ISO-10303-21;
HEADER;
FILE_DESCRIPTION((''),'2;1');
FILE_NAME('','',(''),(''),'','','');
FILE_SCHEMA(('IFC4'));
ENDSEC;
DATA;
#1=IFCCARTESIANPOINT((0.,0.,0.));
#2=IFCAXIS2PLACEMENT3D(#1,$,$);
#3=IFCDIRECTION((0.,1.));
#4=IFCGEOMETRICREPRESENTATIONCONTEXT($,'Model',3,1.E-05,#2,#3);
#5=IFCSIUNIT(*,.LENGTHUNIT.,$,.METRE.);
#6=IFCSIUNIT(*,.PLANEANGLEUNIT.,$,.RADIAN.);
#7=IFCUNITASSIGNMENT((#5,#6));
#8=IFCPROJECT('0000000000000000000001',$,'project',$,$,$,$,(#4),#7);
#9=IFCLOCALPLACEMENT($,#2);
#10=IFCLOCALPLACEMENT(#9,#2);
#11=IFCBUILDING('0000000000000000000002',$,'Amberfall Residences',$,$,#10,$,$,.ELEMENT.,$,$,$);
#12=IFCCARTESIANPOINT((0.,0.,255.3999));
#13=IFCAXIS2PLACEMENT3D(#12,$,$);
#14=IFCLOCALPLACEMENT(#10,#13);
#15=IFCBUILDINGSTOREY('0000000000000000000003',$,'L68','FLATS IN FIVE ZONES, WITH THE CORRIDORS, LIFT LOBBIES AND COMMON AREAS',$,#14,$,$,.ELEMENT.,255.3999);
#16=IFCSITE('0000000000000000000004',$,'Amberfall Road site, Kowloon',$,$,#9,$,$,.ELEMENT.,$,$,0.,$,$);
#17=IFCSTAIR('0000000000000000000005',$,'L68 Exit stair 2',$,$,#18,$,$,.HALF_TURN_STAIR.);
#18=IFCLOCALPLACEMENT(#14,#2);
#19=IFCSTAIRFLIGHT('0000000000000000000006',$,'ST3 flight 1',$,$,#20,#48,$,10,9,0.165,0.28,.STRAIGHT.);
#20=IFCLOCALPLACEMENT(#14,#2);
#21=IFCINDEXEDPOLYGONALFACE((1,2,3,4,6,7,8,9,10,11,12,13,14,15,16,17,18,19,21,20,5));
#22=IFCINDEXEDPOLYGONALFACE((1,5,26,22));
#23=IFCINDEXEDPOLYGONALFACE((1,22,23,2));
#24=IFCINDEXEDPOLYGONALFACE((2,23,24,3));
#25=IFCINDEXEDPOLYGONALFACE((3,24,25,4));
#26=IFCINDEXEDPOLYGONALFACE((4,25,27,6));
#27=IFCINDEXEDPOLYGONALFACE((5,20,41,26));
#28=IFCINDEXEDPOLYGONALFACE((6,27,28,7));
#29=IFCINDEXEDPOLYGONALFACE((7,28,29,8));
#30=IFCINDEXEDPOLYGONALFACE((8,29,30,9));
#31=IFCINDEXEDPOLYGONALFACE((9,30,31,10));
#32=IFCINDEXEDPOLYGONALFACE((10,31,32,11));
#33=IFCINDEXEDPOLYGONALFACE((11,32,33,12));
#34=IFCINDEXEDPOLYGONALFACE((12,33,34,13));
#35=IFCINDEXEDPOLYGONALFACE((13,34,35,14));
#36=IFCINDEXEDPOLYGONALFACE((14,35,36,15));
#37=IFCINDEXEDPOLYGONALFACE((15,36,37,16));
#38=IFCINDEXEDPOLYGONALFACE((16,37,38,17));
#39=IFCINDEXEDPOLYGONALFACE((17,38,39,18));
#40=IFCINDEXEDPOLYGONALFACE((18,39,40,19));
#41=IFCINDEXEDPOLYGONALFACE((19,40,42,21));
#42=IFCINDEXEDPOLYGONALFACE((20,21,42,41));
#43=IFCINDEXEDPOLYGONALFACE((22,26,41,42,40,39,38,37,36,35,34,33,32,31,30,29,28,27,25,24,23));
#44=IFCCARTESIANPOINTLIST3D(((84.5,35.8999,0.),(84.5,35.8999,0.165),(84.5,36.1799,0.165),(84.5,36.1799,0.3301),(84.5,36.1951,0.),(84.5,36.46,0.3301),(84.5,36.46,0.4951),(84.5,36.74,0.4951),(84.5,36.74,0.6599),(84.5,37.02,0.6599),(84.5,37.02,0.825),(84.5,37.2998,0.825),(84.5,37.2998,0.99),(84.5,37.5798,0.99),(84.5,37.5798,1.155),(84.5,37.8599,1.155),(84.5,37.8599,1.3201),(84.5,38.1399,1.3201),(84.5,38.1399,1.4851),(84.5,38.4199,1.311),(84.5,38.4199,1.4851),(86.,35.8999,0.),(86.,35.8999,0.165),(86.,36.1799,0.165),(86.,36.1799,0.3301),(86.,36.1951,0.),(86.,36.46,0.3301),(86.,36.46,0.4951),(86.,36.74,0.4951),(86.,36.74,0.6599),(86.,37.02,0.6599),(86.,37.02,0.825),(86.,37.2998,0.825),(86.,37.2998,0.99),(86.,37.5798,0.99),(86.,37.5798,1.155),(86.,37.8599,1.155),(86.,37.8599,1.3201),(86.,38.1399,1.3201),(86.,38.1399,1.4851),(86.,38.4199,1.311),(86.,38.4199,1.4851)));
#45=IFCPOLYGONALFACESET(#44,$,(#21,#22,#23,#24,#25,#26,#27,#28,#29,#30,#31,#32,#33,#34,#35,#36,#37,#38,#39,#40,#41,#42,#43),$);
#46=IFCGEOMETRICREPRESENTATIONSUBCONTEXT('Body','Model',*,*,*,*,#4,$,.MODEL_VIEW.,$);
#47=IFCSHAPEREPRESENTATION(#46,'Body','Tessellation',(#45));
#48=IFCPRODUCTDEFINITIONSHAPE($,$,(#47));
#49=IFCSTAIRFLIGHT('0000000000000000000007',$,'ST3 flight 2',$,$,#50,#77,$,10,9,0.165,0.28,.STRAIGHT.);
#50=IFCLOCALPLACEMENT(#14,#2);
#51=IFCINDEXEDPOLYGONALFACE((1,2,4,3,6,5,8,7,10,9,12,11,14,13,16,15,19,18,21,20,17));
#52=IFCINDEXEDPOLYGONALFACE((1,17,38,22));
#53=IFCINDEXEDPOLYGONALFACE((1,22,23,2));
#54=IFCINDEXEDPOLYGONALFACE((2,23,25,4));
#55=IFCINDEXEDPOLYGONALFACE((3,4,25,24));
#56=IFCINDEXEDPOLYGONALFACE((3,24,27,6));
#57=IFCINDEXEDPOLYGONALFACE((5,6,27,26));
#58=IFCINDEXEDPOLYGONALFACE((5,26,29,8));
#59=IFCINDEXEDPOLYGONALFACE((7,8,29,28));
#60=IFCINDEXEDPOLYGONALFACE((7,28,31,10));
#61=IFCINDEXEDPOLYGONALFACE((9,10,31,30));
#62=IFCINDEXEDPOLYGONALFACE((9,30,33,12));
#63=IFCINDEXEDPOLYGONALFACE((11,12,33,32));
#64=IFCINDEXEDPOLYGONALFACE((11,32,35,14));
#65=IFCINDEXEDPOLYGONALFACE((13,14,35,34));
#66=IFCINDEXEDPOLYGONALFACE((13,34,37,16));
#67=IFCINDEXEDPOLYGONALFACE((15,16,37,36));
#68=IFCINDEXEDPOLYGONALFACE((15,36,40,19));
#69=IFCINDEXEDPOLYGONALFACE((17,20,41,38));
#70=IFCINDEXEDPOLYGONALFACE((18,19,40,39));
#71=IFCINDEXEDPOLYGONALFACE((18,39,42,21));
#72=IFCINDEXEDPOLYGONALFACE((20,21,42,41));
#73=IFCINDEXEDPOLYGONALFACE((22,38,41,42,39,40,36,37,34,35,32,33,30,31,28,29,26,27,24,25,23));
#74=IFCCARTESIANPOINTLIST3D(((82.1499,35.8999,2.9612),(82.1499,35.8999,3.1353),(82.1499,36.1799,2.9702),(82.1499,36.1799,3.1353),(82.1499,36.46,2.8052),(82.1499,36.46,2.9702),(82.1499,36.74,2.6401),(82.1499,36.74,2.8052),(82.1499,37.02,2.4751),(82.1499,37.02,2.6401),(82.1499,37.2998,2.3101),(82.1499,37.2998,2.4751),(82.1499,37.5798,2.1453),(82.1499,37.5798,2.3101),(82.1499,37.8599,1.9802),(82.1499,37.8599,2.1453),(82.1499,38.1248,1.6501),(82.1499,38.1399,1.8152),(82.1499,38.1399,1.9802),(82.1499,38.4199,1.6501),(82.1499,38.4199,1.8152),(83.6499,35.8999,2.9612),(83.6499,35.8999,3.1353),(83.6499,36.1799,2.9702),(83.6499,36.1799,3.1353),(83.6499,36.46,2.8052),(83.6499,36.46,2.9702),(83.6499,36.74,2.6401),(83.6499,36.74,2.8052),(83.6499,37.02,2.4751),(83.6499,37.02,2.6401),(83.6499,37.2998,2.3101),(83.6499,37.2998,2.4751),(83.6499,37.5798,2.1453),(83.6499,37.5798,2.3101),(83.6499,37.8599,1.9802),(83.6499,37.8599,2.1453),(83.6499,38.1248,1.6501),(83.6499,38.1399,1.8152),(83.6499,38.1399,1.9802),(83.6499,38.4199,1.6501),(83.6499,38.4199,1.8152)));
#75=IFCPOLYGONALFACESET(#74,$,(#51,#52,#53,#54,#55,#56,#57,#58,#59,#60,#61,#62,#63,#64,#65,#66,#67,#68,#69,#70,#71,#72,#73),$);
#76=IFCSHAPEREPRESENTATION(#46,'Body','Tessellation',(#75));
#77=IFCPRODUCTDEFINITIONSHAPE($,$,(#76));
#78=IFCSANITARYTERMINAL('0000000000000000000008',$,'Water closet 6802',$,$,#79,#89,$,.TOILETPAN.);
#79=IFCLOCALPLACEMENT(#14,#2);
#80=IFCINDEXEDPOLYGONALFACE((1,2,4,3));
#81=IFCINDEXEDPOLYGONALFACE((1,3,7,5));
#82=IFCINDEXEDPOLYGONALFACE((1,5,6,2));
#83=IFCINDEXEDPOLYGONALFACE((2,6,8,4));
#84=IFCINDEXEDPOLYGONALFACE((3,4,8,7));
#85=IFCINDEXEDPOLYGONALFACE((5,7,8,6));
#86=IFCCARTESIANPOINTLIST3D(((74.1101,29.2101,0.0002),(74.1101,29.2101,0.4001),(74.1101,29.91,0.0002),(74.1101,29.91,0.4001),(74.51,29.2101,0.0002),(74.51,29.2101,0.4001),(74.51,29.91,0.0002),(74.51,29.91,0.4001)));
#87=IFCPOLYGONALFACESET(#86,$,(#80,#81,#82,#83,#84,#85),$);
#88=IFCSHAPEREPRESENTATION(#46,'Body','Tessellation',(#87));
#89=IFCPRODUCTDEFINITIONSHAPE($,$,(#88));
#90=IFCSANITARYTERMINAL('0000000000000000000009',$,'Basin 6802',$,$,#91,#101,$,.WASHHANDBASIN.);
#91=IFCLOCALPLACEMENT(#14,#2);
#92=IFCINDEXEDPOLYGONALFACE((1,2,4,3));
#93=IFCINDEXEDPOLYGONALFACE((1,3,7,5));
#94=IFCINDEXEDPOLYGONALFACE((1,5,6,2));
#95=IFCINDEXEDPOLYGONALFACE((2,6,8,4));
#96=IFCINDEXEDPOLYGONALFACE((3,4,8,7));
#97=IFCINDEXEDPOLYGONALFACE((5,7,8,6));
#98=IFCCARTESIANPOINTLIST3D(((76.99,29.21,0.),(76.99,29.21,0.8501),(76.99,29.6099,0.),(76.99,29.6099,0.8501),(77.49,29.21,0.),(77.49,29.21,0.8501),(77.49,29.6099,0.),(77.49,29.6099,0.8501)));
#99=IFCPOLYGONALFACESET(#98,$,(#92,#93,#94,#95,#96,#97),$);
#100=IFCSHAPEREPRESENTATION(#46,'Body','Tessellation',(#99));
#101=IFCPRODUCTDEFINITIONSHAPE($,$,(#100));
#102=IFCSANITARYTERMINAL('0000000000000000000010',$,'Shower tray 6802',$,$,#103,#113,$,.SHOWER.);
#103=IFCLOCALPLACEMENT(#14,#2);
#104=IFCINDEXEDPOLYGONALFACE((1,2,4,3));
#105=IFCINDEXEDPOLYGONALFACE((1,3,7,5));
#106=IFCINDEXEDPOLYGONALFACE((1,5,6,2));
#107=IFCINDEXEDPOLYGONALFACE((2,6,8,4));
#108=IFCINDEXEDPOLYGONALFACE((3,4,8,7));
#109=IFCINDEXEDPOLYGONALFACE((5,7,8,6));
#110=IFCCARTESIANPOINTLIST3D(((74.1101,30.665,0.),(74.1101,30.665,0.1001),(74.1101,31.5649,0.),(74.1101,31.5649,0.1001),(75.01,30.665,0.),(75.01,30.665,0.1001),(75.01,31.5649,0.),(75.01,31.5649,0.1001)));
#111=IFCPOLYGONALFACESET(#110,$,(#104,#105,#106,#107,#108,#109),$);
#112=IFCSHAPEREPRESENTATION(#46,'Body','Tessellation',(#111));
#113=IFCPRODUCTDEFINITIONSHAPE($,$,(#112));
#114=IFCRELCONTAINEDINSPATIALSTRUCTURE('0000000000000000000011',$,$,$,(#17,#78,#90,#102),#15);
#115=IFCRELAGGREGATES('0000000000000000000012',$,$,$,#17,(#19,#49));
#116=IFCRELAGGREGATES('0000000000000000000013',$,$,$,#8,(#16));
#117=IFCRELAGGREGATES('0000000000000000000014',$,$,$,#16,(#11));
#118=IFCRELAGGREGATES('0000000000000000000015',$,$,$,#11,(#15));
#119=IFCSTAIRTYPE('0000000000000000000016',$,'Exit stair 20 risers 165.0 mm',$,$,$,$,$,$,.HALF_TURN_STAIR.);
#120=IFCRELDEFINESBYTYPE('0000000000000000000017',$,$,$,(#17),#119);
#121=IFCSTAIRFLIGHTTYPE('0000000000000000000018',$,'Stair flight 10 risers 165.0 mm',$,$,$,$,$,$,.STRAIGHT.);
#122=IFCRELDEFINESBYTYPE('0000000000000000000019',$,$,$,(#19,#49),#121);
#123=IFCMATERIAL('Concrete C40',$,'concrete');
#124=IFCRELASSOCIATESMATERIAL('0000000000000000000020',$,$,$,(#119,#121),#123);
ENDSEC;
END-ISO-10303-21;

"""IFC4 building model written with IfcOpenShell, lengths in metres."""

from ifc_helpers import new_model, si_unit, direction, frame, origin, origin_2d, place, context, subcontext, project, spatial, polyline, rectangle, outline, extrude, material, type_object, element, aggregate, save


model = new_model("IFC4")

# Units and contexts
model_context = context("Model", 3, precision=1e-05, world=origin(), true_north=direction((0.0, 1.0)))
body_context = subcontext(model_context, "Body", "Model", "MODEL_VIEW")
ifc_project = project(units=[si_unit("LENGTHUNIT", "METRE"), si_unit("PLANEANGLEUNIT", "RADIAN")], contexts=[model_context])

# Site, building, storey
site_placement = place(None, origin())
site = spatial("IfcSite", under=ifc_project, at=site_placement, Name="Amberfall Road site, Kowloon", CompositionType="ELEMENT", RefElevation=0.0)
building_placement = place(site_placement, origin())
building = spatial("IfcBuilding", under=site, at=building_placement, Name="Amberfall Residences", CompositionType="ELEMENT")
storey_placement = place(building_placement, frame((0.0, 0.0, 255.3999)))
storey = spatial("IfcBuildingStorey", under=building, at=storey_placement, Name="L68", Description="FLATS IN FIVE ZONES, WITH THE CORRIDORS, LIFT LOBBIES AND COMMON AREAS", CompositionType="ELEMENT", Elevation=255.3999)

# Stair, stair flights
ifc_material_1 = material(Name="Concrete C40", Category="concrete")
stair_type = type_object("IfcStairType", Name="Exit stair 20 risers 165.0 mm", PredefinedType="HALF_TURN_STAIR", material=ifc_material_1)
stair_placement = place(storey_placement, origin())
stair = element("IfcStair", 1, at=stair_placement, inside=storey, type_object=stair_type, Name="L68 Exit stair 2", PredefinedType="HALF_TURN_STAIR")
stair_flight_type = type_object("IfcStairFlightType", Name="Stair flight 10 risers 165.0 mm", PredefinedType="STRAIGHT", material=ifc_material_1)
stair_flight_1_placement = place(storey_placement, frame((85.25, 35.8999, 0.0), z_axis=(0.0, 0.0, 1.0), x_axis=(0.0, 1.0, 0.0)))
stair_flight_1 = element("IfcStairFlight", 2, at=stair_flight_1_placement, type_object=stair_flight_type, Name="ST3 flight 1", NumberOfRisers=10, NumberOfTreads=9, PredefinedType="STRAIGHT", RiserHeight=0.165, TreadLength=0.28, context=body_context, shape_type="SweptSolid", body=[
    extrude(outline(polyline([(0.0, 0.0), (0.0, 0.165), (0.28, 0.165), (0.28, 0.3301), (0.5601, 0.3301), (0.5601, 0.4951), (0.8401, 0.4951), (0.8401, 0.6599), (1.1201, 0.6599), (1.1201, 0.825), (1.3999, 0.825), (1.3999, 0.99), (1.6799, 0.99), (1.6799, 1.155), (1.96, 1.155), (1.96, 1.3201), (2.24, 1.3201), (2.24, 1.4851), (2.52, 1.4851), (2.52, 1.6499), (2.52, 1.311), (0.2952, 0.0), (0.0, 0.0)])), frame((0.0, 0.75, 0.0), z_axis=(0.0, -1.0, 0.0), x_axis=(1.0, 0.0, 0.0)), (0.0, 0.0, 1.0), 1.5),
])
stair_flight_2_placement = place(storey_placement, frame((82.8999, 38.4199, 1.6501), z_axis=(0.0, 0.0, 1.0), x_axis=(0.0, -1.0, 0.0)))
stair_flight_2 = element("IfcStairFlight", 3, at=stair_flight_2_placement, type_object=stair_flight_type, Name="ST3 flight 2", NumberOfRisers=10, NumberOfTreads=9, PredefinedType="STRAIGHT", RiserHeight=0.165, TreadLength=0.28, context=body_context, shape_type="SweptSolid", body=[
    extrude(outline(polyline([(0.0, 0.0), (0.0, 0.165), (0.28, 0.165), (0.28, 0.3301), (0.5601, 0.3301), (0.5601, 0.4951), (0.8401, 0.4951), (0.8401, 0.6599), (1.1201, 0.6599), (1.1201, 0.825), (1.3999, 0.825), (1.3999, 0.99), (1.6799, 0.99), (1.6799, 1.155), (1.96, 1.155), (1.96, 1.3201), (2.24, 1.3201), (2.24, 1.4851), (2.52, 1.4851), (2.52, 1.6499), (2.52, 1.311), (0.2952, 0.0), (0.0, 0.0)])), frame((0.0, 0.75, 0.0), z_axis=(0.0, -1.0, 0.0), x_axis=(1.0, 0.0, 0.0)), (0.0, 0.0, 1.0), 1.5),
])
aggregate(stair, [stair_flight_1, stair_flight_2])

# Sanitary terminals
sanitary_terminal_1_placement = place(storey_placement, frame((74.3101, 29.5601, 0.0002), z_axis=(0.0, 0.0, 1.0), x_axis=(1.0, 0.0, 0.0)))
element("IfcSanitaryTerminal", 4, at=sanitary_terminal_1_placement, inside=storey, Name="Water closet 6802", PredefinedType="TOILETPAN", context=body_context, shape_type="SweptSolid", body=[
    extrude(rectangle(XDim=0.3999, YDim=0.7, at=origin_2d()), origin(), (0.0, 0.0, 1.0), 0.3999),
])
sanitary_terminal_2_placement = place(storey_placement, frame((77.24, 29.4099, 0.0), z_axis=(0.0, 0.0, 1.0), x_axis=(1.0, 0.0, 0.0)))
element("IfcSanitaryTerminal", 5, at=sanitary_terminal_2_placement, inside=storey, Name="Basin 6802", PredefinedType="WASHHANDBASIN", context=body_context, shape_type="SweptSolid", body=[
    extrude(rectangle(XDim=0.5, YDim=0.3999, at=origin_2d()), origin(), (0.0, 0.0, 1.0), 0.8501),
])
sanitary_terminal_3_placement = place(storey_placement, frame((74.5601, 31.115, 0.0), z_axis=(0.0, 0.0, 1.0), x_axis=(1.0, 0.0, 0.0)))
element("IfcSanitaryTerminal", 6, at=sanitary_terminal_3_placement, inside=storey, Name="Shower tray 6802", PredefinedType="SHOWER", context=body_context, shape_type="SweptSolid", body=[
    extrude(rectangle(XDim=0.8999, YDim=0.8999, at=origin_2d()), origin(), (0.0, 0.0, 1.0), 0.1001),
])

save(model, "model.ifc")
